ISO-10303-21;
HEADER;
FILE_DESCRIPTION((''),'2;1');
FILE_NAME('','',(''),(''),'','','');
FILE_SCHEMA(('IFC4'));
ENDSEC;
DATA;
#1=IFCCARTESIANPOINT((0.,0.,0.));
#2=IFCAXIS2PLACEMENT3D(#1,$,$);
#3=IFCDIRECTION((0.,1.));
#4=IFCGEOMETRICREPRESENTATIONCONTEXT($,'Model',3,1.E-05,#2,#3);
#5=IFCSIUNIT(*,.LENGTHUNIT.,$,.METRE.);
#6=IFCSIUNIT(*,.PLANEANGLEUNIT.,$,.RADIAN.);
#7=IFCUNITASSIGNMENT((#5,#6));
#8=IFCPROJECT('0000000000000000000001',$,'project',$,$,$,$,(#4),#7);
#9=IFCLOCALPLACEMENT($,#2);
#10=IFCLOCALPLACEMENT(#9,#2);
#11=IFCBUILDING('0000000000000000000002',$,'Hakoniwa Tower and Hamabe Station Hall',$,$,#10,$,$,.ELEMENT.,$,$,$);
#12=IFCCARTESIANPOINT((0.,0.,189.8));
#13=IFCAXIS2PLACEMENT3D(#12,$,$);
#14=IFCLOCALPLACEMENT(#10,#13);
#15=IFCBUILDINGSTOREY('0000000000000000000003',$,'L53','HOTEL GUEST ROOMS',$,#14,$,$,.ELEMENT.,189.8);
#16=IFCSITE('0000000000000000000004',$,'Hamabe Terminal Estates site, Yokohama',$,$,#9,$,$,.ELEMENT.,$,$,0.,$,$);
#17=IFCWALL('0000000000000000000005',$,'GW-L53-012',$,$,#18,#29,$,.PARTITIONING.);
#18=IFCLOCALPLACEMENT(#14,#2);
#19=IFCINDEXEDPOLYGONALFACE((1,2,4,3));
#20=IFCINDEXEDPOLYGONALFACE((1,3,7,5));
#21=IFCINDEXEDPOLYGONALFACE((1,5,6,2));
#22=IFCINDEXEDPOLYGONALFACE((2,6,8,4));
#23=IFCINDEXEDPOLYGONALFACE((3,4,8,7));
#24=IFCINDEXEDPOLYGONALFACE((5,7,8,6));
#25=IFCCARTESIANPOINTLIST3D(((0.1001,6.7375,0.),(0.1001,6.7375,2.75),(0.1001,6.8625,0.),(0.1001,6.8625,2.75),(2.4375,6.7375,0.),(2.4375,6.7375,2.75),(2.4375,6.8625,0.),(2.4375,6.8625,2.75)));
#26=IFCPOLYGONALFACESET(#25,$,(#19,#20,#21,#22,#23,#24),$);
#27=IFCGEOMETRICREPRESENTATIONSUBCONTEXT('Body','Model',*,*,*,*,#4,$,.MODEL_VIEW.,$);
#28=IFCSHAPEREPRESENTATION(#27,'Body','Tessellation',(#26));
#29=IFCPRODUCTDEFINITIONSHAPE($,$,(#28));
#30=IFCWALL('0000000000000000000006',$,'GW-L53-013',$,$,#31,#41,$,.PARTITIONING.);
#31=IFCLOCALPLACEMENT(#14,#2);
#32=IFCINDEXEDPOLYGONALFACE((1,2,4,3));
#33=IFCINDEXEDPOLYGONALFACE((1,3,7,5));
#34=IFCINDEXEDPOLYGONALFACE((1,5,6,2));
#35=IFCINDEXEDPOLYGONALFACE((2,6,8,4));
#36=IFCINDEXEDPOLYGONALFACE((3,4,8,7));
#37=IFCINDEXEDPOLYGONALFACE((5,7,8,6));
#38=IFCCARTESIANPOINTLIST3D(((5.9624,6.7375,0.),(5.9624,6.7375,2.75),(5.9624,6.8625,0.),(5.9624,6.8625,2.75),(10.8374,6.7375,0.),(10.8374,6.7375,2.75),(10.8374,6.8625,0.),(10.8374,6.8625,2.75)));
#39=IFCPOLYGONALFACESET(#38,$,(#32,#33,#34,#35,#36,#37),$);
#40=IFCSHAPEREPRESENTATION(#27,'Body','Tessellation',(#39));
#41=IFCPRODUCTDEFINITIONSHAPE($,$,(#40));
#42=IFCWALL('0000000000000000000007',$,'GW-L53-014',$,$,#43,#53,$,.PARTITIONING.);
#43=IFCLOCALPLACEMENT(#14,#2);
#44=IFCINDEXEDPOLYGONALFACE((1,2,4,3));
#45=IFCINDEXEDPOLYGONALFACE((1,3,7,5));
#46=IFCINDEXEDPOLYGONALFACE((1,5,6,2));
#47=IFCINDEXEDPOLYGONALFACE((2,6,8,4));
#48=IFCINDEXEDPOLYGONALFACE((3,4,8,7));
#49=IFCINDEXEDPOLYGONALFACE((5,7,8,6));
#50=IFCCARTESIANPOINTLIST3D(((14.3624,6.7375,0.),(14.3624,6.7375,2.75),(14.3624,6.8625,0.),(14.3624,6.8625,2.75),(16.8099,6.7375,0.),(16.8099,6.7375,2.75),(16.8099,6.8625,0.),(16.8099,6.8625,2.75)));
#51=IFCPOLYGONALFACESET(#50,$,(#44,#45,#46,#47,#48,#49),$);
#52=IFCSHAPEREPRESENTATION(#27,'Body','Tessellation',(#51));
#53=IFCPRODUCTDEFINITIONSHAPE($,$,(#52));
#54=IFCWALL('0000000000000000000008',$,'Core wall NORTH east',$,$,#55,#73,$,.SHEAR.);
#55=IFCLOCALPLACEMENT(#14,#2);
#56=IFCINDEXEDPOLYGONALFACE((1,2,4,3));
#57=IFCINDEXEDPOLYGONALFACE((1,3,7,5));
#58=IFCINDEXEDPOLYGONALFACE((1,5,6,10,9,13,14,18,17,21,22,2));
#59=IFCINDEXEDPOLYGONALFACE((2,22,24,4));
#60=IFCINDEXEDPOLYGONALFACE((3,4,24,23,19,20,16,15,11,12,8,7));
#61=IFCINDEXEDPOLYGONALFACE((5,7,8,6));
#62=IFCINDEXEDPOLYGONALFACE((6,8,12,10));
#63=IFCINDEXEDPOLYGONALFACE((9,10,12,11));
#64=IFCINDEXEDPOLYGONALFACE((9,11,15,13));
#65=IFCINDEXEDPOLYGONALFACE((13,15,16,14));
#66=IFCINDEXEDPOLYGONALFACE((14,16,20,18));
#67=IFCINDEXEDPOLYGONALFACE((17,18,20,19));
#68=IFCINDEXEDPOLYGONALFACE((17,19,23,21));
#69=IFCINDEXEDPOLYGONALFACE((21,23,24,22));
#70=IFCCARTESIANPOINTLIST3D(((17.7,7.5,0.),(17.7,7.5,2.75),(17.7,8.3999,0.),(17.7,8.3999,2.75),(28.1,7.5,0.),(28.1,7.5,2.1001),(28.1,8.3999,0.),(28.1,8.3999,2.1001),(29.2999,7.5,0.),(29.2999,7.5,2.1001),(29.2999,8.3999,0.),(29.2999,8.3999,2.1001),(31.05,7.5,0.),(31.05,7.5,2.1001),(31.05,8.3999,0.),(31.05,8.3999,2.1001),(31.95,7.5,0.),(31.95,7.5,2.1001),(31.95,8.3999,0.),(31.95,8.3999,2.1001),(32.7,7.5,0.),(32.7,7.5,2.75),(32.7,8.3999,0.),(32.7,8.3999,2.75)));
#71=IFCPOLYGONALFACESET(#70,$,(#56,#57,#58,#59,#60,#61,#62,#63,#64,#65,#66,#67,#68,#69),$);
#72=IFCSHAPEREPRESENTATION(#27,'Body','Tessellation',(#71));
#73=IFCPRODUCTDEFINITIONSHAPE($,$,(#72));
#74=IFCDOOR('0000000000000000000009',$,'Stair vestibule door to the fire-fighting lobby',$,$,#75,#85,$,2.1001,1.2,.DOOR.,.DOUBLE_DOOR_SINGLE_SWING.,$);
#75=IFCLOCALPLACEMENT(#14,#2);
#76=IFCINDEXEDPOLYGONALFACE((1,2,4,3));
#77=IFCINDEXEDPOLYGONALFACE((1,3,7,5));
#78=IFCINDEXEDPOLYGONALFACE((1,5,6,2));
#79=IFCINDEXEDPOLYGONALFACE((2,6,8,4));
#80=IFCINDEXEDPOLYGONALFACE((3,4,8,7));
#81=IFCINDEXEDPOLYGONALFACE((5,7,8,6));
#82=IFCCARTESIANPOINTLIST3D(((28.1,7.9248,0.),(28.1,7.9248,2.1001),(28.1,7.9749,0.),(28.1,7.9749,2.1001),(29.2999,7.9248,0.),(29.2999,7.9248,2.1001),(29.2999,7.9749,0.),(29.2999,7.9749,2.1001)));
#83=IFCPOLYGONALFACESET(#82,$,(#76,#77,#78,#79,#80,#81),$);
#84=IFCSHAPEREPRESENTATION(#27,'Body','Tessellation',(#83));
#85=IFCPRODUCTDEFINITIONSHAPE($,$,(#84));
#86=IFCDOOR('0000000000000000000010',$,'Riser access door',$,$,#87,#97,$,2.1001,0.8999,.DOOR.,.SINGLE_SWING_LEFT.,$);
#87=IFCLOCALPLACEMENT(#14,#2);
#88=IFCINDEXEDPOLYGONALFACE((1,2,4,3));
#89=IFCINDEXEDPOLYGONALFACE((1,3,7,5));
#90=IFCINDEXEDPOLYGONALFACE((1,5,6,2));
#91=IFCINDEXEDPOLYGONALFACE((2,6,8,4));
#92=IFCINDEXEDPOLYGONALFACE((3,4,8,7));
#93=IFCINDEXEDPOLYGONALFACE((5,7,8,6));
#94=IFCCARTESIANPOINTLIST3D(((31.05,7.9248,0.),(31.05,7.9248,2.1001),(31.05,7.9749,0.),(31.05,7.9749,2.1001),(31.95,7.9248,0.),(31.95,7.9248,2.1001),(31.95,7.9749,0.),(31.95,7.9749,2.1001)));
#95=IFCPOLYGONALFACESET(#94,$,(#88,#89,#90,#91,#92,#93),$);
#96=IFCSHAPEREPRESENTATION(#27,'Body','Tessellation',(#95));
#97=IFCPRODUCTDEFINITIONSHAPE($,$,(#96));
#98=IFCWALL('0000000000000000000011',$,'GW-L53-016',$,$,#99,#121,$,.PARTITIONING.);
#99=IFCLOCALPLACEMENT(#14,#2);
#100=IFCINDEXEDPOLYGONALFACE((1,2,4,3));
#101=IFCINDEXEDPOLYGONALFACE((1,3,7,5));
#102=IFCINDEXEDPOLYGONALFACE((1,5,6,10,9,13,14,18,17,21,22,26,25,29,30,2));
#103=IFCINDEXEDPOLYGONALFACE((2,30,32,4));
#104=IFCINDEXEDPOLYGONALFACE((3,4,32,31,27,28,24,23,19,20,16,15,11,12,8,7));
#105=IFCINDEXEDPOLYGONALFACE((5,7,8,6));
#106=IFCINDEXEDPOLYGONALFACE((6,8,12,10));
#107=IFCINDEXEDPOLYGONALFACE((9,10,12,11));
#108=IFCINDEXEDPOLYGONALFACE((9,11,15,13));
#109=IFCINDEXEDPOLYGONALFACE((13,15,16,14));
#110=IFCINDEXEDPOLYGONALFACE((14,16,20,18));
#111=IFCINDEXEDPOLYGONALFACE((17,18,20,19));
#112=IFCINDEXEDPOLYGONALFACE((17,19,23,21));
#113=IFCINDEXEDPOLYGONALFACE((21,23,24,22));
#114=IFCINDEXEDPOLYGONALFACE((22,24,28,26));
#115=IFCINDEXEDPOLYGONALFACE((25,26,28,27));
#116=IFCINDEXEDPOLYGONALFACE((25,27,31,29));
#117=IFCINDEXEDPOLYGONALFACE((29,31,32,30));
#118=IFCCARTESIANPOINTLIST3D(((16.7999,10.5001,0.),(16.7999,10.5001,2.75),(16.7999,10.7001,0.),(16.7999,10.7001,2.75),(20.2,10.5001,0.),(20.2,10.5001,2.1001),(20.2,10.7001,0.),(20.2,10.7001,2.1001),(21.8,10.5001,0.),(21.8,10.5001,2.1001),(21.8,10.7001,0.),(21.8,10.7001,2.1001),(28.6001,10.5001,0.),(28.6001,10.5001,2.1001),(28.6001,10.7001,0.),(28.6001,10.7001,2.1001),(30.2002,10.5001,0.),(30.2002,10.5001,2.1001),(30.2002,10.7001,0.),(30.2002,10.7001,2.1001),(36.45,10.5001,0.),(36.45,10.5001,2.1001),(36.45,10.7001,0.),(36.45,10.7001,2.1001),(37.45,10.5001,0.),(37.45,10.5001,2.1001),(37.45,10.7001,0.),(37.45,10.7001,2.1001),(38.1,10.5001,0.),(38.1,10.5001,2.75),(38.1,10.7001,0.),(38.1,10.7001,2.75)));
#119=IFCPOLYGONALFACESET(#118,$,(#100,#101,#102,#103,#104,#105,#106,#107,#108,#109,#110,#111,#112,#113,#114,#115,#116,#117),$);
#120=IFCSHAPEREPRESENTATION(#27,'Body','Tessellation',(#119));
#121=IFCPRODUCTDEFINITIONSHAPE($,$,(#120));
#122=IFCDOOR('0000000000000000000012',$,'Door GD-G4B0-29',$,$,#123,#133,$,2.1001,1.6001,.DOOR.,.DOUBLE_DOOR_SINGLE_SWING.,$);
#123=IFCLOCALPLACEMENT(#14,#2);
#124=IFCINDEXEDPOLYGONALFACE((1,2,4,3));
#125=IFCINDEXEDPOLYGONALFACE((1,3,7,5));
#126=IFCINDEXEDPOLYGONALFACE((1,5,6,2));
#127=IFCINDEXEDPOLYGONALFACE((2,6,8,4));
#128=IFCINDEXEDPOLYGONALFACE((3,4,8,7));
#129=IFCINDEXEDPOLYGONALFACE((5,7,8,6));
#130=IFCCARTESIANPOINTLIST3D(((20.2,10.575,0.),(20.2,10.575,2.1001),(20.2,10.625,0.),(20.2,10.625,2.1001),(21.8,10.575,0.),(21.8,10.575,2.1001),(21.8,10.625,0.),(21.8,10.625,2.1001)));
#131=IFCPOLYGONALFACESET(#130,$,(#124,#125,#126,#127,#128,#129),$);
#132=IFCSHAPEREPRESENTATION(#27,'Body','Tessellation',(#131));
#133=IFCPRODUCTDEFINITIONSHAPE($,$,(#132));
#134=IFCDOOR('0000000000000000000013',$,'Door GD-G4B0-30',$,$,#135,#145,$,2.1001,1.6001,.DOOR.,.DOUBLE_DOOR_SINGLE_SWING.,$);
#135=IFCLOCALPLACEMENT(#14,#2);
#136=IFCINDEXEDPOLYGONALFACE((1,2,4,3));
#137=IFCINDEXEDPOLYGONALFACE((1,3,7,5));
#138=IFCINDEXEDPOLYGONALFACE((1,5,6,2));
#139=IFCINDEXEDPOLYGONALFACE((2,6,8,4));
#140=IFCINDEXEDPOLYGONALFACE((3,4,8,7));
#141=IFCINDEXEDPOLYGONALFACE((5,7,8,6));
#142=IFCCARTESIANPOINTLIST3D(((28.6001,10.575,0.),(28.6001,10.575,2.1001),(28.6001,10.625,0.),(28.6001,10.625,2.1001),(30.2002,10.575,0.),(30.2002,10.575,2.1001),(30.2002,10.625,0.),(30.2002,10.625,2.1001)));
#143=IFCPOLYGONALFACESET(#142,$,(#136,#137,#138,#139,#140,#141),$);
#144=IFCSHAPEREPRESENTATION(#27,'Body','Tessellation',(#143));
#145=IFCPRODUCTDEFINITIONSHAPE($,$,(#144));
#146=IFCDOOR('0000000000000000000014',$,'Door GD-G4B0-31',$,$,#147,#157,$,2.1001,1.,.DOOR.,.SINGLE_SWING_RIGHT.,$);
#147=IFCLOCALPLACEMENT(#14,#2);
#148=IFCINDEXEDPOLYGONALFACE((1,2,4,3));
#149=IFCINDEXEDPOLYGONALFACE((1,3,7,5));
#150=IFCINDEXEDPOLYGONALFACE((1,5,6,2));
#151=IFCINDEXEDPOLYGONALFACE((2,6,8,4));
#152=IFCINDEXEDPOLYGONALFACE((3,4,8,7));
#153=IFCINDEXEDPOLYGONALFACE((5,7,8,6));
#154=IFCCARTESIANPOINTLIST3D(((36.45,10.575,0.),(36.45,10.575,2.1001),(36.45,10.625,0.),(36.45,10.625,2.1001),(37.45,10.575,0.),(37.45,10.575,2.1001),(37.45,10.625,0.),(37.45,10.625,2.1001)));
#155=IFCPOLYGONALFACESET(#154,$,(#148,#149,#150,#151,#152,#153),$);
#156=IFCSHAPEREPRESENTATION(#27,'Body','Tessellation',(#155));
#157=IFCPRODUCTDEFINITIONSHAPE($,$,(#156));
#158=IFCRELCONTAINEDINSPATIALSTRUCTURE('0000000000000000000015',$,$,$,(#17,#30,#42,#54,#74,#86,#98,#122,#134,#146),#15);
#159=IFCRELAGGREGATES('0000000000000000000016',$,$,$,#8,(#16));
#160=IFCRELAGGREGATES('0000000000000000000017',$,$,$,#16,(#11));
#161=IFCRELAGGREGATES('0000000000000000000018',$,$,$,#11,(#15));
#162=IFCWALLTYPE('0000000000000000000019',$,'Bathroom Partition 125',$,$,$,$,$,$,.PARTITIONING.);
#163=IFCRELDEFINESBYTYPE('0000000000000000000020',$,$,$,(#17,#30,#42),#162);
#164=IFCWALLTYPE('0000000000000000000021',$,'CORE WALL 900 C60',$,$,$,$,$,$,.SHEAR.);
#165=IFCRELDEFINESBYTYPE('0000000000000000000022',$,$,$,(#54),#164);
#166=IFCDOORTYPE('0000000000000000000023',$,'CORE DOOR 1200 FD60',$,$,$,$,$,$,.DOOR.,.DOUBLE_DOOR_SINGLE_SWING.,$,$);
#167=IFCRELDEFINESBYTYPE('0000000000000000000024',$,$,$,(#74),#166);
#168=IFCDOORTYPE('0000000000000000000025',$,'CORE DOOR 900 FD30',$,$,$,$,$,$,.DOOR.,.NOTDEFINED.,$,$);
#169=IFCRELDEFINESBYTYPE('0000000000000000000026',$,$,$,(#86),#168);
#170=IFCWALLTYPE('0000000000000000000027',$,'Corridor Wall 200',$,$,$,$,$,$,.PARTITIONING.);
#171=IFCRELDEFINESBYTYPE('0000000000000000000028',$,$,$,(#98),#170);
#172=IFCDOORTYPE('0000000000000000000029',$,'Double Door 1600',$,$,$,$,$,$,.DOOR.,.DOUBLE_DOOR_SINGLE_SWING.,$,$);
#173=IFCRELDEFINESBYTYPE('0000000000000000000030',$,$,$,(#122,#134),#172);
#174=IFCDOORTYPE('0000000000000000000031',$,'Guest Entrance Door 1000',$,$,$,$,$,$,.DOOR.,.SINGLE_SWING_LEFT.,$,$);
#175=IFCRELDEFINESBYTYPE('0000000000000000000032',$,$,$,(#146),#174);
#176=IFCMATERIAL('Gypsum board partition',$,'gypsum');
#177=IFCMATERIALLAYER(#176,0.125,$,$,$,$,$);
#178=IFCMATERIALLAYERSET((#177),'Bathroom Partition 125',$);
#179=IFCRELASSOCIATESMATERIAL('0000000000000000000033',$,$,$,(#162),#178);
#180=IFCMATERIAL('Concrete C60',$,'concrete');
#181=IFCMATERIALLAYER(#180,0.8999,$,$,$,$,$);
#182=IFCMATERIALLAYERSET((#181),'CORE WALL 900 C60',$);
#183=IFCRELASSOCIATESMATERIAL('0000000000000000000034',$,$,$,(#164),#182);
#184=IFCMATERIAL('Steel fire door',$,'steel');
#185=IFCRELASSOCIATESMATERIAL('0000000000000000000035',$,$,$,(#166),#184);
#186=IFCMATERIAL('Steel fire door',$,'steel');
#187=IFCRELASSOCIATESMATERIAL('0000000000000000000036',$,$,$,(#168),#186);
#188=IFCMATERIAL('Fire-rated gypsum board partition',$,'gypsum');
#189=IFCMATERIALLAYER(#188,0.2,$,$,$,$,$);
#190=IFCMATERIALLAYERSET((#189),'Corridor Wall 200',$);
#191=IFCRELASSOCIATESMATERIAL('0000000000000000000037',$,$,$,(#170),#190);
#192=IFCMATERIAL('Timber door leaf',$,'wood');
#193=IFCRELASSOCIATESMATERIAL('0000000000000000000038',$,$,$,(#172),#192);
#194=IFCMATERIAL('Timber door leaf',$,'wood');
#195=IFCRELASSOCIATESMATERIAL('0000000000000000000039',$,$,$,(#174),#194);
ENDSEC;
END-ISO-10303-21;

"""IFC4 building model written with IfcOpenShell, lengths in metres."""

from ifc_helpers import new_model, si_unit, direction, frame, frame_2d, origin, place, context, subcontext, project, spatial, rectangle, extrude, material, layer, layer_set, type_object, element, fill, save


model = new_model("IFC4")

# Units and contexts
model_context = context("Model", 3, precision=1e-05, world=origin(), true_north=direction((0.0, 1.0)))
body_context = subcontext(model_context, "Body", "Model", "MODEL_VIEW")
ifc_project = project(units=[si_unit("LENGTHUNIT", "METRE"), si_unit("PLANEANGLEUNIT", "RADIAN")], contexts=[model_context])

# Site, building, storey
site_placement = place(None, origin())
site = spatial("IfcSite", under=ifc_project, at=site_placement, Name="Hamabe Terminal Estates site, Yokohama", CompositionType="ELEMENT", RefElevation=0.0)
building_placement = place(site_placement, origin())
building = spatial("IfcBuilding", under=site, at=building_placement, Name="Hakoniwa Tower and Hamabe Station Hall", CompositionType="ELEMENT")
storey_placement = place(building_placement, frame((0.0, 0.0, 189.8)))
storey = spatial("IfcBuildingStorey", under=building, at=storey_placement, Name="L53", Description="HOTEL GUEST ROOMS", CompositionType="ELEMENT", Elevation=189.8)

# Walls
ifc_material_1 = material(Name="Gypsum board partition", Category="gypsum")
ifc_layer_1 = layer(ifc_material_1, 0.125)
ifc_layer_set_1 = layer_set([ifc_layer_1], Name="Bathroom Partition 125")
wall_type_1 = type_object("IfcWallType", Name="Bathroom Partition 125", PredefinedType="PARTITIONING", material=ifc_layer_set_1)
wall_1_placement = place(storey_placement, frame((0.1001, 6.8, 0.0), z_axis=(0.0, 0.0, 1.0), x_axis=(1.0, 0.0, 0.0)))
element("IfcWall", 1, at=wall_1_placement, inside=storey, type_object=wall_type_1, Name="GW-L53-012", PredefinedType="PARTITIONING", context=body_context, shape_type="SweptSolid", body=[
    extrude(rectangle(XDim=2.3374, YDim=0.125, at=frame_2d((1.1687, 0.0))), origin(), (0.0, 0.0, 1.0), 2.75),
])
wall_2_placement = place(storey_placement, frame((5.9624, 6.8, 0.0), z_axis=(0.0, 0.0, 1.0), x_axis=(1.0, 0.0, 0.0)))
element("IfcWall", 2, at=wall_2_placement, inside=storey, type_object=wall_type_1, Name="GW-L53-013", PredefinedType="PARTITIONING", context=body_context, shape_type="SweptSolid", body=[
    extrude(rectangle(XDim=4.875, YDim=0.125, at=frame_2d((2.4375, 0.0))), origin(), (0.0, 0.0, 1.0), 2.75),
])
wall_3_placement = place(storey_placement, frame((14.3625, 6.8, 0.0), z_axis=(0.0, 0.0, 1.0), x_axis=(1.0, 0.0, 0.0)))
element("IfcWall", 3, at=wall_3_placement, inside=storey, type_object=wall_type_1, Name="GW-L53-014", PredefinedType="PARTITIONING", context=body_context, shape_type="SweptSolid", body=[
    extrude(rectangle(XDim=2.4475, YDim=0.125, at=frame_2d((1.2236, 0.0))), origin(), (0.0, 0.0, 1.0), 2.75),
])

# Walls, openings, doors
ifc_material_2 = material(Name="Concrete C60", Category="concrete")
ifc_layer_2 = layer(ifc_material_2, 0.8999)
ifc_layer_set_2 = layer_set([ifc_layer_2], Name="CORE WALL 900 C60")
wall_type_2 = type_object("IfcWallType", Name="CORE WALL 900 C60", PredefinedType="SHEAR", material=ifc_layer_set_2)
wall_4_placement = place(storey_placement, frame((17.7, 7.95, 0.0), z_axis=(0.0, 0.0, 1.0), x_axis=(1.0, 0.0, 0.0)))
wall_4 = element("IfcWall", 4, at=wall_4_placement, inside=storey, type_object=wall_type_2, Name="Core wall NORTH east", PredefinedType="SHEAR", context=body_context, shape_type="SweptSolid", body=[
    extrude(rectangle(XDim=15.0, YDim=0.8999, at=frame_2d((7.5, 0.0))), origin(), (0.0, 0.0, 1.0), 2.75),
])
opening_1_placement = place(wall_4_placement, frame((10.3999, 0.0, 0.0)))
opening_1 = element("IfcOpeningElement", 5, at=opening_1_placement, cuts=wall_4, PredefinedType="OPENING", context=body_context, shape_type="SweptSolid", body=[
    extrude(rectangle(XDim=1.2, YDim=2.1001, at=frame_2d((0.6001, 1.05))), frame((0.0, 0.46, 0.0), z_axis=(0.0, -1.0, 0.0), x_axis=(1.0, 0.0, 0.0)), (0.0, 0.0, 1.0), 0.9199),
])
opening_2_placement = place(wall_4_placement, frame((13.3501, 0.0, 0.0)))
opening_2 = element("IfcOpeningElement", 6, at=opening_2_placement, cuts=wall_4, PredefinedType="OPENING", context=body_context, shape_type="SweptSolid", body=[
    extrude(rectangle(XDim=0.8999, YDim=2.1001, at=frame_2d((0.45, 1.05))), frame((0.0, 0.46, 0.0), z_axis=(0.0, -1.0, 0.0), x_axis=(1.0, 0.0, 0.0)), (0.0, 0.0, 1.0), 0.9199),
])
ifc_material_3 = material(Name="Steel fire door", Category="steel")
door_type_1 = type_object("IfcDoorType", Name="CORE DOOR 1200 FD60", OperationType="DOUBLE_DOOR_SINGLE_SWING", PredefinedType="DOOR", material=ifc_material_3)
door_1_placement = place(opening_1_placement, origin())
door_1 = element("IfcDoor", 7, at=door_1_placement, inside=storey, type_object=door_type_1, Name="Stair vestibule door to the fire-fighting lobby", OperationType="DOUBLE_DOOR_SINGLE_SWING", OverallHeight=2.1001, OverallWidth=1.2, PredefinedType="DOOR", context=body_context, shape_type="SweptSolid", body=[
    extrude(rectangle(XDim=1.2, YDim=2.1001, at=frame_2d((0.6001, 1.05))), frame((0.0, 0.0249, 0.0), z_axis=(0.0, -1.0, 0.0), x_axis=(1.0, 0.0, 0.0)), (0.0, 0.0, 1.0), 0.05),
])
fill(opening_1, door_1)
ifc_material_4 = material(Name="Steel fire door", Category="steel")
door_type_2 = type_object("IfcDoorType", Name="CORE DOOR 900 FD30", OperationType="NOTDEFINED", PredefinedType="DOOR", material=ifc_material_4)
door_2_placement = place(opening_2_placement, origin())
door_2 = element("IfcDoor", 8, at=door_2_placement, inside=storey, type_object=door_type_2, Name="Riser access door", OperationType="SINGLE_SWING_LEFT", OverallHeight=2.1001, OverallWidth=0.8999, PredefinedType="DOOR", context=body_context, shape_type="SweptSolid", body=[
    extrude(rectangle(XDim=0.8999, YDim=2.1001, at=frame_2d((0.45, 1.05))), frame((0.0, 0.0249, 0.0), z_axis=(0.0, -1.0, 0.0), x_axis=(1.0, 0.0, 0.0)), (0.0, 0.0, 1.0), 0.05),
])
fill(opening_2, door_2)
ifc_material_5 = material(Name="Fire-rated gypsum board partition", Category="gypsum")
ifc_layer_3 = layer(ifc_material_5, 0.2)
ifc_layer_set_3 = layer_set([ifc_layer_3], Name="Corridor Wall 200")
wall_type_3 = type_object("IfcWallType", Name="Corridor Wall 200", PredefinedType="PARTITIONING", material=ifc_layer_set_3)
wall_5_placement = place(storey_placement, frame((16.8, 10.6001, 0.0), z_axis=(0.0, 0.0, 1.0), x_axis=(1.0, 0.0, 0.0)))
wall_5 = element("IfcWall", 9, at=wall_5_placement, inside=storey, type_object=wall_type_3, Name="GW-L53-016", PredefinedType="PARTITIONING", context=body_context, shape_type="SweptSolid", body=[
    extrude(rectangle(XDim=21.3, YDim=0.2, at=frame_2d((10.6499, 0.0))), origin(), (0.0, 0.0, 1.0), 2.75),
])
opening_3_placement = place(wall_5_placement, frame((3.3999, 0.0, 0.0)))
opening_3 = element("IfcOpeningElement", 10, at=opening_3_placement, cuts=wall_5, PredefinedType="OPENING", context=body_context, shape_type="SweptSolid", body=[
    extrude(rectangle(XDim=1.6001, YDim=2.1001, at=frame_2d((0.8, 1.05))), frame((0.0, 0.1099, 0.0), z_axis=(0.0, -1.0, 0.0), x_axis=(1.0, 0.0, 0.0)), (0.0, 0.0, 1.0), 0.22),
])
opening_4_placement = place(wall_5_placement, frame((11.8, 0.0, 0.0)))
opening_4 = element("IfcOpeningElement", 11, at=opening_4_placement, cuts=wall_5, PredefinedType="OPENING", context=body_context, shape_type="SweptSolid", body=[
    extrude(rectangle(XDim=1.6001, YDim=2.1001, at=frame_2d((0.8, 1.05))), frame((0.0, 0.1099, 0.0), z_axis=(0.0, -1.0, 0.0), x_axis=(1.0, 0.0, 0.0)), (0.0, 0.0, 1.0), 0.22),
])
opening_5_placement = place(wall_5_placement, frame((19.6499, 0.0, 0.0)))
opening_5 = element("IfcOpeningElement", 12, at=opening_5_placement, cuts=wall_5, PredefinedType="OPENING", context=body_context, shape_type="SweptSolid", body=[
    extrude(rectangle(XDim=1.0, YDim=2.1001, at=frame_2d((0.5, 1.05))), frame((0.0, 0.1099, 0.0), z_axis=(0.0, -1.0, 0.0), x_axis=(1.0, 0.0, 0.0)), (0.0, 0.0, 1.0), 0.22),
])
ifc_material_6 = material(Name="Timber door leaf", Category="wood")
door_type_3 = type_object("IfcDoorType", Name="Double Door 1600", OperationType="DOUBLE_DOOR_SINGLE_SWING", PredefinedType="DOOR", material=ifc_material_6)
door_3_placement = place(opening_3_placement, origin())
door_3 = element("IfcDoor", 13, at=door_3_placement, inside=storey, type_object=door_type_3, Name="Door GD-G4B0-29", OperationType="DOUBLE_DOOR_SINGLE_SWING", OverallHeight=2.1001, OverallWidth=1.6001, PredefinedType="DOOR", context=body_context, shape_type="SweptSolid", body=[
    extrude(rectangle(XDim=1.6001, YDim=2.1001, at=frame_2d((0.8, 1.05))), frame((0.0, 0.0249, 0.0), z_axis=(0.0, -1.0, 0.0), x_axis=(1.0, 0.0, 0.0)), (0.0, 0.0, 1.0), 0.05),
])
fill(opening_3, door_3)
door_4_placement = place(opening_4_placement, origin())
door_4 = element("IfcDoor", 14, at=door_4_placement, inside=storey, type_object=door_type_3, Name="Door GD-G4B0-30", OperationType="DOUBLE_DOOR_SINGLE_SWING", OverallHeight=2.1001, OverallWidth=1.6001, PredefinedType="DOOR", context=body_context, shape_type="SweptSolid", body=[
    extrude(rectangle(XDim=1.6001, YDim=2.1001, at=frame_2d((0.8, 1.05))), frame((0.0, 0.0249, 0.0), z_axis=(0.0, -1.0, 0.0), x_axis=(1.0, 0.0, 0.0)), (0.0, 0.0, 1.0), 0.05),
])
fill(opening_4, door_4)
ifc_material_7 = material(Name="Timber door leaf", Category="wood")
door_type_4 = type_object("IfcDoorType", Name="Guest Entrance Door 1000", OperationType="SINGLE_SWING_LEFT", PredefinedType="DOOR", material=ifc_material_7)
door_5_placement = place(opening_5_placement, origin())
door_5 = element("IfcDoor", 15, at=door_5_placement, inside=storey, type_object=door_type_4, Name="Door GD-G4B0-31", OperationType="SINGLE_SWING_RIGHT", OverallHeight=2.1001, OverallWidth=1.0, PredefinedType="DOOR", context=body_context, shape_type="SweptSolid", body=[
    extrude(rectangle(XDim=1.0, YDim=2.1001, at=frame_2d((0.5, 1.05))), frame((0.0, 0.0249, 0.0), z_axis=(0.0, -1.0, 0.0), x_axis=(1.0, 0.0, 0.0)), (0.0, 0.0, 1.0), 0.05),
])
fill(opening_5, door_5)

save(model, "model.ifc")
